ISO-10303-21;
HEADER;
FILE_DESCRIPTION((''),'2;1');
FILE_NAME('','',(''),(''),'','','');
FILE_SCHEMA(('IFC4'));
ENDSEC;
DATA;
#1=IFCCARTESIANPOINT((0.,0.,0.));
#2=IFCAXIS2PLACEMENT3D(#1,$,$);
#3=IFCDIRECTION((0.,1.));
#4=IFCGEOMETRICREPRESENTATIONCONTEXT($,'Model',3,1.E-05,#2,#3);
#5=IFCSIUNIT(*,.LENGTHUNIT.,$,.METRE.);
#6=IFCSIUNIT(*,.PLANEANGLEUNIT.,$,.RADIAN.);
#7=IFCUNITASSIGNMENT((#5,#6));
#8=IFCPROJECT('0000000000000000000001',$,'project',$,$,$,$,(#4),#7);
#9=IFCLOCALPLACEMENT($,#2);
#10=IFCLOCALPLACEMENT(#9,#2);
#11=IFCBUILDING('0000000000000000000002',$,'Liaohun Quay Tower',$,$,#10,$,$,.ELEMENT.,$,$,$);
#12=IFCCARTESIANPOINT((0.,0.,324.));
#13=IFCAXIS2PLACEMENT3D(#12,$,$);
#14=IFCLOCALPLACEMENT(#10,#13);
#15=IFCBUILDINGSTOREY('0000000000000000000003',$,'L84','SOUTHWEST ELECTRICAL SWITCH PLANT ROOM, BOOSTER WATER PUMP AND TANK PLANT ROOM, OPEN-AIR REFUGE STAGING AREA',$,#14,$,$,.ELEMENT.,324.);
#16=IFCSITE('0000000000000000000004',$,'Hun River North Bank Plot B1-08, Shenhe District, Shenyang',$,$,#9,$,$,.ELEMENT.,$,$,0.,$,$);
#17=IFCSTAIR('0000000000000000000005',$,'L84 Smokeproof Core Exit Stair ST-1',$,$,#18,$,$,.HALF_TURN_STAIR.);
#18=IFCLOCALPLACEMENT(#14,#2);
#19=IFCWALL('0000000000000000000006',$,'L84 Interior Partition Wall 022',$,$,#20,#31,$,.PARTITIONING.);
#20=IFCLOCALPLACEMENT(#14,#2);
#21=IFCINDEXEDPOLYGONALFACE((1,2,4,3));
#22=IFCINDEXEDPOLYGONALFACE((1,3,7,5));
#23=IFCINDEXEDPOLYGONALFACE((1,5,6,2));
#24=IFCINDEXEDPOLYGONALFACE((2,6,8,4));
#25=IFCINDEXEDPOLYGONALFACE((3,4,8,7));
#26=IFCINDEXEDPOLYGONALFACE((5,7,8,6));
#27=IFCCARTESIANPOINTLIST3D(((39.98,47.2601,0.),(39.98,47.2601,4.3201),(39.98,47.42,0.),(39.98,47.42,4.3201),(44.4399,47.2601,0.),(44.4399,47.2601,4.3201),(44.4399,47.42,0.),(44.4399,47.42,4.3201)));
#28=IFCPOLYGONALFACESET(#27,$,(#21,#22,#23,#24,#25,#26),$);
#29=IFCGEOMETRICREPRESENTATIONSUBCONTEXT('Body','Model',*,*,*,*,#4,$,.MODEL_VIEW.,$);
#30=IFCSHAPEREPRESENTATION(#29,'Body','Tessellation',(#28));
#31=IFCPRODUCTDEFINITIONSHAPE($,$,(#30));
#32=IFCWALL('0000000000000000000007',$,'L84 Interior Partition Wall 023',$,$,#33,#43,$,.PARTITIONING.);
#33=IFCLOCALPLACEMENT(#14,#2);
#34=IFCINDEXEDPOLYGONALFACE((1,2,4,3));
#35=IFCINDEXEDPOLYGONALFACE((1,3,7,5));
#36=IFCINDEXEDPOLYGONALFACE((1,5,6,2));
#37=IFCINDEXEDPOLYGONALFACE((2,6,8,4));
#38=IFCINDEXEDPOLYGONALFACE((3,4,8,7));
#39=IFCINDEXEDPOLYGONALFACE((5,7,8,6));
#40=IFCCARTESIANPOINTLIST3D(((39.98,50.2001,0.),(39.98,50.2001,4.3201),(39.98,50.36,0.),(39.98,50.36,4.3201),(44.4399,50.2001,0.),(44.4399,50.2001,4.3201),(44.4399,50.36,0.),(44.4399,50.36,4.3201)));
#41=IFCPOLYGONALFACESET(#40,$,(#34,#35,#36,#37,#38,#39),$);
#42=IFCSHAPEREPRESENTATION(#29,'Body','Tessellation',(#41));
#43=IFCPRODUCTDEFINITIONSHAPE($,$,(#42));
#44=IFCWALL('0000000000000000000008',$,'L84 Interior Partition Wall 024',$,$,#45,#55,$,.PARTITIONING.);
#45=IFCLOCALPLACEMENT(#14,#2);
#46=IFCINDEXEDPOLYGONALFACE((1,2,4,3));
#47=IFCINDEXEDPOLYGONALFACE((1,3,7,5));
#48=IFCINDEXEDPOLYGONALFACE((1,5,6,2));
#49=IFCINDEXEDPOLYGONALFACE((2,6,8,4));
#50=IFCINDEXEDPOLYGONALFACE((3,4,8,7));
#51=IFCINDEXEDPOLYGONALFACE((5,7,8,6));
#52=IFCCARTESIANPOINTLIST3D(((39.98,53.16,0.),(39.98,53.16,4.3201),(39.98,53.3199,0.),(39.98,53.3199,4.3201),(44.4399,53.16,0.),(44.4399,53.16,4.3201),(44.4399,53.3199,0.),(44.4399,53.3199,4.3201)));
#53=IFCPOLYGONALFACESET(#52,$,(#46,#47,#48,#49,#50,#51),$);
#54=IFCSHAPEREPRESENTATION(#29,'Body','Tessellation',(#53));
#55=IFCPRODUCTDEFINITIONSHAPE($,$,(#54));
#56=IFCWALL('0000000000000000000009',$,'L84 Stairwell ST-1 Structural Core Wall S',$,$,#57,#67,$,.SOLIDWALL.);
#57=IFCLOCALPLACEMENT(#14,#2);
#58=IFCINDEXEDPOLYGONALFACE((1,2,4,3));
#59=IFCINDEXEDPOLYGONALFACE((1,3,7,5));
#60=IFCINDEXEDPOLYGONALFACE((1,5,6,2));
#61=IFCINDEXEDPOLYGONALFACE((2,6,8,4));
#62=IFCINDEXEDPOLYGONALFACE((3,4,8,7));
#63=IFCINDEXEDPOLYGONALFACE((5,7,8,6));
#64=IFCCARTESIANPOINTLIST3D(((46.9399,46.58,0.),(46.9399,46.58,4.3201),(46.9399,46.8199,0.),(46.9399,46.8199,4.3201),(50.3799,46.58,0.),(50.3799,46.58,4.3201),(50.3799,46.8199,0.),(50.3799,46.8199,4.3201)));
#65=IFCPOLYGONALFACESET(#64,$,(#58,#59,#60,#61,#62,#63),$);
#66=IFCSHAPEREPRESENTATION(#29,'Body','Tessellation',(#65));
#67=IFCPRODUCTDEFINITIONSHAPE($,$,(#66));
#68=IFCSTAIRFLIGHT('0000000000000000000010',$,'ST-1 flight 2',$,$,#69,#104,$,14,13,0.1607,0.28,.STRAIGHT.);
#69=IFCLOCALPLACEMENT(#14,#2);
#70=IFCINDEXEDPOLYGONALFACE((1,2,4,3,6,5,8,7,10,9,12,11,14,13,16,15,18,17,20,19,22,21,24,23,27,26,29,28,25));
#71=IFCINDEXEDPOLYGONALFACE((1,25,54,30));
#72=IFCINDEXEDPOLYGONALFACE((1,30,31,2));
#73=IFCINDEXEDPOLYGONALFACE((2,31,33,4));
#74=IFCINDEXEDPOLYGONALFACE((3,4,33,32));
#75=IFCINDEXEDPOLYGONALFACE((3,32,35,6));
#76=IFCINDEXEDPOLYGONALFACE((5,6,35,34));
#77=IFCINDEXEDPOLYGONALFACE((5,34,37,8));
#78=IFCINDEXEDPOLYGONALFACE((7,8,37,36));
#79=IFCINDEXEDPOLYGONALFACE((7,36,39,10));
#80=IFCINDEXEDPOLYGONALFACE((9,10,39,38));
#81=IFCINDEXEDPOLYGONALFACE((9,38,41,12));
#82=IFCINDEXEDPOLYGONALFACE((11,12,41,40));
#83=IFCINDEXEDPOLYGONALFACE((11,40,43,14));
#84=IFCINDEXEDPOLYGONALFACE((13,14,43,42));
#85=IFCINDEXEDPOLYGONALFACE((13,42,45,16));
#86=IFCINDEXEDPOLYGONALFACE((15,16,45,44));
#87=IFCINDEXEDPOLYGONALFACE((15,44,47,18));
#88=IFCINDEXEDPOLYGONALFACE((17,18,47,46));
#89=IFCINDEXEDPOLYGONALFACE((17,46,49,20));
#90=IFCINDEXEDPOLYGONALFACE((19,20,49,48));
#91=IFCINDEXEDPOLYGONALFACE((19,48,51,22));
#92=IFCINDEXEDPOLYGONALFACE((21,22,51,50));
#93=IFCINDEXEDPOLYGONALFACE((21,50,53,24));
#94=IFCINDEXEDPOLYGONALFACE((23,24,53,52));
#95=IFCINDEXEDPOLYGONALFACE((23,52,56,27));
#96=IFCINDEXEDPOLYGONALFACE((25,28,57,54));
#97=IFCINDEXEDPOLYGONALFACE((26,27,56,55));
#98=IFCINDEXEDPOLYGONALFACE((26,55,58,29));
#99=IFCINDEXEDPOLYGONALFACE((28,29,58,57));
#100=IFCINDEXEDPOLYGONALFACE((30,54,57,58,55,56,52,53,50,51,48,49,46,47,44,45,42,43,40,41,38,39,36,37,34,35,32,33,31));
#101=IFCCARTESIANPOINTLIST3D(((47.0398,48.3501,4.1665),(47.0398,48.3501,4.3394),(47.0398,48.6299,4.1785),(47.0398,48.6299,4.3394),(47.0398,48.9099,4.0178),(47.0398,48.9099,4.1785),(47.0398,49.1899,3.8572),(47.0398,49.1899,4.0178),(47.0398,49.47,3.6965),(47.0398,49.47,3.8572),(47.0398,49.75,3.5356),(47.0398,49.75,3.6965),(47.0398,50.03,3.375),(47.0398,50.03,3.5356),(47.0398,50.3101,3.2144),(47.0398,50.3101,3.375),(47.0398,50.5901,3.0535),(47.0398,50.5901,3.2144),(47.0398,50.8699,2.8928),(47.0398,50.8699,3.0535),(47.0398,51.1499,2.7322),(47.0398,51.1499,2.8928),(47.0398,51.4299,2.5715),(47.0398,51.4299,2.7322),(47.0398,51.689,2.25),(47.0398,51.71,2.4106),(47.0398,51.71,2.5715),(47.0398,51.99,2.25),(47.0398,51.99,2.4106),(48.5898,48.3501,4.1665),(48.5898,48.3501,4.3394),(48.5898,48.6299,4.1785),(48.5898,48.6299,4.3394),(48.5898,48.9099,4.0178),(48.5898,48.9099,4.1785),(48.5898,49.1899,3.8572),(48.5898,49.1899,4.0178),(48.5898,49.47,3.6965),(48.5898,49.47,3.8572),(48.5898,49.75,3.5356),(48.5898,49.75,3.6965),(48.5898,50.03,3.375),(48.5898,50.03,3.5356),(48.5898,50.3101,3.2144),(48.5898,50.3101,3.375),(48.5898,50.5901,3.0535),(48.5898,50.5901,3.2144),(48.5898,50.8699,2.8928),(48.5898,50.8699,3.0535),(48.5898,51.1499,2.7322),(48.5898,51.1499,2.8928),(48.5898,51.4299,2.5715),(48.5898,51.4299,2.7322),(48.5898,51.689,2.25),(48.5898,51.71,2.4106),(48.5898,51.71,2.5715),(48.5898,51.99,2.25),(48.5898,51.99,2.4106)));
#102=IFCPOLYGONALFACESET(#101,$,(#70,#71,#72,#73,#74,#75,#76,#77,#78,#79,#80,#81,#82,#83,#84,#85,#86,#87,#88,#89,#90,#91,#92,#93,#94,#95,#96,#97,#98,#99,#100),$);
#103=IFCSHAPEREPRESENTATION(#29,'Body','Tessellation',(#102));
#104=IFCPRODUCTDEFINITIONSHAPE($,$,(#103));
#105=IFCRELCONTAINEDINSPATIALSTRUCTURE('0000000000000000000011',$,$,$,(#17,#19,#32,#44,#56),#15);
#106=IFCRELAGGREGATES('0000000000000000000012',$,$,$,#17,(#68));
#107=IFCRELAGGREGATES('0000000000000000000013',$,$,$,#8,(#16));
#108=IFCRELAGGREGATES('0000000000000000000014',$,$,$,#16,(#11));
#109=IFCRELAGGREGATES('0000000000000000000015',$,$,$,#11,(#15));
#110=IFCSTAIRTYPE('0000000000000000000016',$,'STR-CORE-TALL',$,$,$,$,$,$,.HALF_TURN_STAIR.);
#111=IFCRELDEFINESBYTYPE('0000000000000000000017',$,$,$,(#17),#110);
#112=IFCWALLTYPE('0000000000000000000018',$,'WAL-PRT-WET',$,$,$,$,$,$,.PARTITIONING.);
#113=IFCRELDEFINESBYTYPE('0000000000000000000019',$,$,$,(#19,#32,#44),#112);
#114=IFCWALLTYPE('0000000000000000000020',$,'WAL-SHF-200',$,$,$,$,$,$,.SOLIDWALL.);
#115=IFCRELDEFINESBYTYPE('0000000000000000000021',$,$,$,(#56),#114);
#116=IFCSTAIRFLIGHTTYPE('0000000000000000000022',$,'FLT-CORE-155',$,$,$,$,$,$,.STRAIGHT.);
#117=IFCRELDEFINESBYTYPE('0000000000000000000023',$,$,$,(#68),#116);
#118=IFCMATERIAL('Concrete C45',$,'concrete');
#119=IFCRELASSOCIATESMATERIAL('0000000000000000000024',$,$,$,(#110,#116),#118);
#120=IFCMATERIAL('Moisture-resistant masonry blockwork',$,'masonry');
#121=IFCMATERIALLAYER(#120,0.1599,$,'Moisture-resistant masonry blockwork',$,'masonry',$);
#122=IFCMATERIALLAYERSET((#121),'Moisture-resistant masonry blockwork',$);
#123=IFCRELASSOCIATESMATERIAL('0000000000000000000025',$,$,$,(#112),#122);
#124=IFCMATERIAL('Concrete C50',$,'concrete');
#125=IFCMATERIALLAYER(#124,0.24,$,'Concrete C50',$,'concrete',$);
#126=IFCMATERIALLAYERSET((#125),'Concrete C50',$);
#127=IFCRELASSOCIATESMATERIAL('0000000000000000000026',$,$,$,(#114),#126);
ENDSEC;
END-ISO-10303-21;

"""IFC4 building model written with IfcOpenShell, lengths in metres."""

from ifc_helpers import new_model, si_unit, direction, frame, frame_2d, origin, place, context, subcontext, project, spatial, polyline, rectangle, outline, extrude, material, layer, layer_set, type_object, element, aggregate, save


model = new_model("IFC4")

# Units and contexts
model_context = context("Model", 3, precision=1e-05, world=origin(), true_north=direction((0.0, 1.0)))
body_context = subcontext(model_context, "Body", "Model", "MODEL_VIEW")
ifc_project = project(units=[si_unit("LENGTHUNIT", "METRE"), si_unit("PLANEANGLEUNIT", "RADIAN")], contexts=[model_context])

# Site, building, storey
site_placement = place(None, origin())
site = spatial("IfcSite", under=ifc_project, at=site_placement, Name="Hun River North Bank Plot B1-08, Shenhe District, Shenyang", CompositionType="ELEMENT", RefElevation=0.0)
building_placement = place(site_placement, origin())
building = spatial("IfcBuilding", under=site, at=building_placement, Name="Liaohun Quay Tower", CompositionType="ELEMENT")
storey_placement = place(building_placement, frame((0.0, 0.0, 324.0)))
storey = spatial("IfcBuildingStorey", under=building, at=storey_placement, Name="L84", Description="SOUTHWEST ELECTRICAL SWITCH PLANT ROOM, BOOSTER WATER PUMP AND TANK PLANT ROOM, OPEN-AIR REFUGE STAGING AREA", CompositionType="ELEMENT", Elevation=324.0)

# Shared definitions
ifc_material_1 = material(Name="Concrete C50", Category="concrete")

# Stair
ifc_material_2 = material(Name="Concrete C45", Category="concrete")
stair_type = type_object("IfcStairType", Name="STR-CORE-TALL", PredefinedType="HALF_TURN_STAIR", material=ifc_material_2)
stair_1_placement = place(storey_placement, origin())
stair_1 = element("IfcStair", 1, at=stair_1_placement, inside=storey, type_object=stair_type, Name="L84 Smokeproof Core Exit Stair ST-1", PredefinedType="HALF_TURN_STAIR")

# Shared definitions
ifc_material_3 = material(Name="Moisture-resistant masonry blockwork", Category="masonry")
ifc_layer_1 = layer(ifc_material_3, 0.1599, Name="Moisture-resistant masonry blockwork", Category="masonry")
ifc_layer_set_1 = layer_set([ifc_layer_1], Name="Moisture-resistant masonry blockwork")
wall_type_1 = type_object("IfcWallType", Name="WAL-PRT-WET", PredefinedType="PARTITIONING", material=ifc_layer_set_1)

# Walls
for number, where, z_axis, x_axis, name in (
    (2, (39.98, 47.3401, 0.0), (0.0, 0.0, 1.0), (1.0, 0.0, 0.0), "L84 Interior Partition Wall 022"),
    (3, (39.98, 50.28, 0.0), (0.0, 0.0, 1.0), (1.0, 0.0, 0.0), "L84 Interior Partition Wall 023"),
    (4, (39.98, 53.24, 0.0), (0.0, 0.0, 1.0), (1.0, 0.0, 0.0), "L84 Interior Partition Wall 024"),
):
    element("IfcWall", number, at=place(storey_placement, frame(where, z_axis=z_axis, x_axis=x_axis)), inside=storey, type_object=wall_type_1, Name=name, PredefinedType="PARTITIONING", context=body_context, shape_type="SweptSolid", body=[
        extrude(rectangle(XDim=4.46, YDim=0.1599, at=frame_2d((2.23, 0.0))), origin(), (0.0, 0.0, 1.0), 4.3201),
    ])
ifc_layer_2 = layer(ifc_material_1, 0.24, Name="Concrete C50", Category="concrete")
ifc_layer_set_2 = layer_set([ifc_layer_2], Name="Concrete C50")
wall_type_2 = type_object("IfcWallType", Name="WAL-SHF-200", PredefinedType="SOLIDWALL", material=ifc_layer_set_2)
wall_1_placement = place(storey_placement, frame((46.9399, 46.7, 0.0), z_axis=(0.0, 0.0, 1.0), x_axis=(1.0, 0.0, 0.0)))
element("IfcWall", 5, at=wall_1_placement, inside=storey, type_object=wall_type_2, Name="L84 Stairwell ST-1 Structural Core Wall S", PredefinedType="SOLIDWALL", context=body_context, shape_type="SweptSolid", body=[
    extrude(rectangle(XDim=3.4399, YDim=0.24, at=frame_2d((1.72, 0.0))), origin(), (0.0, 0.0, 1.0), 4.3201),
])

# Stair flight
stair_flight_type = type_object("IfcStairFlightType", Name="FLT-CORE-155", PredefinedType="STRAIGHT", material=ifc_material_2)
stair_flight_placement = place(storey_placement, frame((47.8149, 51.99, 2.25), z_axis=(0.0, 0.0, 1.0), x_axis=(0.0, -1.0, 0.0)))
stair_flight = element("IfcStairFlight", 6, at=stair_flight_placement, type_object=stair_flight_type, Name="ST-1 flight 2", NumberOfRisers=14, NumberOfTreads=13, PredefinedType="STRAIGHT", RiserHeight=0.1607, TreadLength=0.28, context=body_context, shape_type="SweptSolid", body=[
    extrude(outline(polyline([(0.0, 0.0), (0.0, 0.1606), (0.28, 0.1606), (0.28, 0.3215), (0.5601, 0.3215), (0.5601, 0.4822), (0.8401, 0.4822), (0.8401, 0.6428), (1.1201, 0.6428), (1.1201, 0.8035), (1.3999, 0.8035), (1.3999, 0.9644), (1.6799, 0.9644), (1.6799, 1.125), (1.96, 1.125), (1.96, 1.2856), (2.24, 1.2856), (2.24, 1.4465), (2.52, 1.4465), (2.52, 1.6072), (2.8, 1.6072), (2.8, 1.7678), (3.0801, 1.7678), (3.0801, 1.9285), (3.3601, 1.9285), (3.3601, 2.0894), (3.6399, 2.0894), (3.6399, 2.25), (3.6399, 1.9165), (0.301, 0.0), (0.0, 0.0)])), frame((0.0, 0.7749, 0.0), z_axis=(0.0, -1.0, 0.0), x_axis=(1.0, 0.0, 0.0)), (0.0, 0.0, 1.0), 1.55),
])
aggregate(stair_1, [stair_flight])

save(model, "model.ifc")
